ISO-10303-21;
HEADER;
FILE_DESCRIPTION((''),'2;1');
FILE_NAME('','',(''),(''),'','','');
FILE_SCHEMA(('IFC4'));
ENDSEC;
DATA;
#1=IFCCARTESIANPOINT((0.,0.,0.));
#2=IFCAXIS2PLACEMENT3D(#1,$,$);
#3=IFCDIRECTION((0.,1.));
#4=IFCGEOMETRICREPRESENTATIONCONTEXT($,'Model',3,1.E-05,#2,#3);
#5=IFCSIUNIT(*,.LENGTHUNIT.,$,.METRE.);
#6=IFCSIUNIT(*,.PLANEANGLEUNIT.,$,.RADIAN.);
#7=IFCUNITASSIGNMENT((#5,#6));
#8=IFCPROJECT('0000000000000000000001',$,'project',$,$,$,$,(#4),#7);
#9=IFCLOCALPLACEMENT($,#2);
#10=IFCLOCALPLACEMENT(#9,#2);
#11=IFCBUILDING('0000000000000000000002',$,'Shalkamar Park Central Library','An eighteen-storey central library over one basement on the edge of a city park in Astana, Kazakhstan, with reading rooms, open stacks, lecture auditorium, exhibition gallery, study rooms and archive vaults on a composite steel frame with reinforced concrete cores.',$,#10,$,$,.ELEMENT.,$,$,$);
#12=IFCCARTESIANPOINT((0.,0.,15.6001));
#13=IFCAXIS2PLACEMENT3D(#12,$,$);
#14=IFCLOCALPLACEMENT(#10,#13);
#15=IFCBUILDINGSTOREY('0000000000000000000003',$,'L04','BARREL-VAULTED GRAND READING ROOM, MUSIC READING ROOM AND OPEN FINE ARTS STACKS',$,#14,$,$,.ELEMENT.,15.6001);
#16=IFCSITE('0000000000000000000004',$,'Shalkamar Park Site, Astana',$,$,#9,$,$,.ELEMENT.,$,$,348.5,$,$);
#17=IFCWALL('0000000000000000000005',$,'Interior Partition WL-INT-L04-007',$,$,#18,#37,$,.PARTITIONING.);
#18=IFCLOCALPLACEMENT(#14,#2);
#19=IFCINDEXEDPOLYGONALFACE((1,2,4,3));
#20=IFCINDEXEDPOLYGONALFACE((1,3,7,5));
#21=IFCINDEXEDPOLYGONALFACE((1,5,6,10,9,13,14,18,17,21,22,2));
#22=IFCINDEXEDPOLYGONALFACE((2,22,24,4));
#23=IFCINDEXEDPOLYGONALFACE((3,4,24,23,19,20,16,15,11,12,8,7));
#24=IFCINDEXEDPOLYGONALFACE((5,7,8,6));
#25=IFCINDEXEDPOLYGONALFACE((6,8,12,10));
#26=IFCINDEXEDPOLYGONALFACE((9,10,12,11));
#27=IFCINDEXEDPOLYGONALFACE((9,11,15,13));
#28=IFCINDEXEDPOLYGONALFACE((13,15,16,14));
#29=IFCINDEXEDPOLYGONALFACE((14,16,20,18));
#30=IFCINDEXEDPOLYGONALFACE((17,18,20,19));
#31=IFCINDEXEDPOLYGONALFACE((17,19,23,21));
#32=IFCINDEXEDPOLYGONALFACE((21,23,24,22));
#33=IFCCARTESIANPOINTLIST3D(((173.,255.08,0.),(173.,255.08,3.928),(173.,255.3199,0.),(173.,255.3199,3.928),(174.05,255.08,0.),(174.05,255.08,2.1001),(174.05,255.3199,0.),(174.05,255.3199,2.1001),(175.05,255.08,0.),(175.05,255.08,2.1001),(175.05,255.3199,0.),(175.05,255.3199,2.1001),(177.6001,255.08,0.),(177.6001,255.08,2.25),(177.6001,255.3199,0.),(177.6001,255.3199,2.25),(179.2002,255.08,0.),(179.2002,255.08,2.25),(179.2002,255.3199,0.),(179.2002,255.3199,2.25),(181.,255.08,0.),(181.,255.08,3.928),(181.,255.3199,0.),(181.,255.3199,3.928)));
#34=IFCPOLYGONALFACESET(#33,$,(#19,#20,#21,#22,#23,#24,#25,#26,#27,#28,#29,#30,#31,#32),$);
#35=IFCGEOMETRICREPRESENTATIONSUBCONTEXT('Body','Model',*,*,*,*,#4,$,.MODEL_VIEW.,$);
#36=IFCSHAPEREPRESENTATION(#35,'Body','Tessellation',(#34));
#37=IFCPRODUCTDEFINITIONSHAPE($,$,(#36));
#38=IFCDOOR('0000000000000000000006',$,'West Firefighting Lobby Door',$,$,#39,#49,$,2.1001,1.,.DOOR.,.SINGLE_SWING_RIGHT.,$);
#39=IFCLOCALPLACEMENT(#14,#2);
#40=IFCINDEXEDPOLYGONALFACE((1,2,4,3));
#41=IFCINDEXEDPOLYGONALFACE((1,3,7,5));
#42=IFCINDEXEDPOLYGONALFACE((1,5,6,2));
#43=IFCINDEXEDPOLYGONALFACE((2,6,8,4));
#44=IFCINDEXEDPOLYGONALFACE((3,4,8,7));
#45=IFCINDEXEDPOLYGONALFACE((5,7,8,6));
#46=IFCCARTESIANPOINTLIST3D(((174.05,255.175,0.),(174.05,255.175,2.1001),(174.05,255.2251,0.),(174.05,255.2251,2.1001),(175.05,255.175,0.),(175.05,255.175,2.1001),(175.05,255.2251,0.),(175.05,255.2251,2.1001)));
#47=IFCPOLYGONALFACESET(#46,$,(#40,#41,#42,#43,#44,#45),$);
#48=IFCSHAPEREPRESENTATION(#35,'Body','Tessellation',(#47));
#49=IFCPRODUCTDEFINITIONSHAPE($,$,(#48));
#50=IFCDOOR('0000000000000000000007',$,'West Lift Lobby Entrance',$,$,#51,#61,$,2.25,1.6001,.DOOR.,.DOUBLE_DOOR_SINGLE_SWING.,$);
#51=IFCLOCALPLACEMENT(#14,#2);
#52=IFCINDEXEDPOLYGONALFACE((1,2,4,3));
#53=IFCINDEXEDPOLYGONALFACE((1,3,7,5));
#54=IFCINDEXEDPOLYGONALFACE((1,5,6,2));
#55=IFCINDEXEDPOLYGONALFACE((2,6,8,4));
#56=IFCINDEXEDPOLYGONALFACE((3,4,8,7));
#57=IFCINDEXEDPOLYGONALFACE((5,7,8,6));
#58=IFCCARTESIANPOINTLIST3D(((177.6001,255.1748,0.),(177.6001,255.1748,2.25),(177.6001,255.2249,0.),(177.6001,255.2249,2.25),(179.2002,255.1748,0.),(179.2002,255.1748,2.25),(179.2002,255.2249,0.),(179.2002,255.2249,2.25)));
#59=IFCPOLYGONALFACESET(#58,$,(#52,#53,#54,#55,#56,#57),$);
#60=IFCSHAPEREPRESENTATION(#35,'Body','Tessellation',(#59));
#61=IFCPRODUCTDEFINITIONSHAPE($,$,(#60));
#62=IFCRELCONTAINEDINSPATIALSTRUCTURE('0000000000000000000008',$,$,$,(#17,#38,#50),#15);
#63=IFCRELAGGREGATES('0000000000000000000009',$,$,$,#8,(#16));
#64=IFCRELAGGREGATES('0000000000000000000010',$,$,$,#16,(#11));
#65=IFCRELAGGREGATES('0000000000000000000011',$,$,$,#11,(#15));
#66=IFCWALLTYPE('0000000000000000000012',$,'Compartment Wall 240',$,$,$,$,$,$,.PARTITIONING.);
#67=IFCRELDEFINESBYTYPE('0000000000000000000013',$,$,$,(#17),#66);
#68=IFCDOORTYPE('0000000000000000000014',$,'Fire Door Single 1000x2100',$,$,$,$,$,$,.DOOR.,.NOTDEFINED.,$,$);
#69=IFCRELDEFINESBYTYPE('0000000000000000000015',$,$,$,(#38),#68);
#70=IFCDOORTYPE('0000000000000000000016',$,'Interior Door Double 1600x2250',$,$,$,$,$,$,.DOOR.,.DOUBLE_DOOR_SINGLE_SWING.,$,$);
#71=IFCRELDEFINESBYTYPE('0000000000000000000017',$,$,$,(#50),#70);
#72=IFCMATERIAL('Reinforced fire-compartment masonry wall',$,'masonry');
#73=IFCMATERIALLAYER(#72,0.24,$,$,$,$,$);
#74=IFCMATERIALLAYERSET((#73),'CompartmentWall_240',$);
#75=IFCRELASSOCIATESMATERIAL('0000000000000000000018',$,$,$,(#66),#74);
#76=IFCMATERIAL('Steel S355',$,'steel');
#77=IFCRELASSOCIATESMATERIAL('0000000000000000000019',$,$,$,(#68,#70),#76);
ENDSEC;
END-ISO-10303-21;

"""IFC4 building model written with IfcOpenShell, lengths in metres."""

from ifc_helpers import new_model, si_unit, direction, frame, frame_2d, origin, place, context, subcontext, project, spatial, rectangle, extrude, material, layer, layer_set, type_object, element, fill, save


model = new_model("IFC4")

# Units and contexts
model_context = context("Model", 3, precision=1e-05, world=origin(), true_north=direction((0.0, 1.0)))
body_context = subcontext(model_context, "Body", "Model", "MODEL_VIEW")
ifc_project = project(units=[si_unit("LENGTHUNIT", "METRE"), si_unit("PLANEANGLEUNIT", "RADIAN")], contexts=[model_context])

# Site, building, storey
site_placement = place(None, origin())
site = spatial("IfcSite", under=ifc_project, at=site_placement, Name="Shalkamar Park Site, Astana", CompositionType="ELEMENT", RefElevation=348.5)
building_placement = place(site_placement, origin())
building = spatial("IfcBuilding", under=site, at=building_placement, Name="Shalkamar Park Central Library", Description="An eighteen-storey central library over one basement on the edge of a city park in Astana, Kazakhstan, with reading rooms, open stacks, lecture auditorium, exhibition gallery, study rooms and archive vaults on a composite steel frame with reinforced concrete cores.", CompositionType="ELEMENT")
storey_placement = place(building_placement, frame((0.0, 0.0, 15.6001)))
storey = spatial("IfcBuildingStorey", under=building, at=storey_placement, Name="L04", Description="BARREL-VAULTED GRAND READING ROOM, MUSIC READING ROOM AND OPEN FINE ARTS STACKS", CompositionType="ELEMENT", Elevation=15.6001)

# Shared definitions
ifc_material_1 = material(Name="Steel S355", Category="steel")

# Wall, openings, doors
ifc_material_2 = material(Name="Reinforced fire-compartment masonry wall", Category="masonry")
ifc_layer = layer(ifc_material_2, 0.24)
ifc_layer_set = layer_set([ifc_layer], Name="CompartmentWall_240")
wall_type = type_object("IfcWallType", Name="Compartment Wall 240", PredefinedType="PARTITIONING", material=ifc_layer_set)
wall_placement = place(storey_placement, frame((173.0, 255.2, 0.0), z_axis=(0.0, 0.0, 1.0), x_axis=(1.0, 0.0, 0.0)))
wall = element("IfcWall", 1, at=wall_placement, inside=storey, type_object=wall_type, Name="Interior Partition WL-INT-L04-007", PredefinedType="PARTITIONING", context=body_context, shape_type="SweptSolid", body=[
    extrude(rectangle(XDim=8.0, YDim=0.24, at=frame_2d((4.0, 0.0))), origin(), (0.0, 0.0, 1.0), 3.928),
])
opening_1_placement = place(wall_placement, frame((1.05, 0.0, 0.0)))
opening_1 = element("IfcOpeningElement", 2, at=opening_1_placement, cuts=wall, PredefinedType="OPENING", context=body_context, shape_type="SweptSolid", body=[
    extrude(rectangle(XDim=1.0, YDim=2.1001, at=frame_2d((0.5, 1.05))), frame((0.0, 0.1348, 0.0), z_axis=(0.0, -1.0, 0.0), x_axis=(1.0, 0.0, 0.0)), (0.0, 0.0, 1.0), 0.2698),
])
opening_2_placement = place(wall_placement, frame((4.6001, 0.0, 0.0)))
opening_2 = element("IfcOpeningElement", 3, at=opening_2_placement, cuts=wall, PredefinedType="OPENING", context=body_context, shape_type="SweptSolid", body=[
    extrude(rectangle(XDim=1.6001, YDim=2.25, at=frame_2d((0.8, 1.125))), frame((0.0, 0.1348, 0.0), z_axis=(0.0, -1.0, 0.0), x_axis=(1.0, 0.0, 0.0)), (0.0, 0.0, 1.0), 0.2698),
])
door_type_1 = type_object("IfcDoorType", Name="Fire Door Single 1000x2100", OperationType="NOTDEFINED", PredefinedType="DOOR", material=ifc_material_1)
door_1_placement = place(opening_1_placement, frame((1.0, 0.0, 0.0), z_axis=(0.0, 0.0, 1.0), x_axis=(-1.0, 0.0, 0.0)))
door_1 = element("IfcDoor", 4, at=door_1_placement, inside=storey, type_object=door_type_1, Name="West Firefighting Lobby Door", OperationType="SINGLE_SWING_RIGHT", OverallHeight=2.1001, OverallWidth=1.0, PredefinedType="DOOR", context=body_context, shape_type="SweptSolid", body=[
    extrude(rectangle(XDim=1.0, YDim=2.1001, at=frame_2d((0.5, 1.05))), frame((0.0, 0.0249, 0.0), z_axis=(0.0, -1.0, 0.0), x_axis=(1.0, 0.0, 0.0)), (0.0, 0.0, 1.0), 0.05),
])
fill(opening_1, door_1)
door_type_2 = type_object("IfcDoorType", Name="Interior Door Double 1600x2250", OperationType="DOUBLE_DOOR_SINGLE_SWING", PredefinedType="DOOR", material=ifc_material_1)
door_2_placement = place(opening_2_placement, origin())
door_2 = element("IfcDoor", 5, at=door_2_placement, inside=storey, type_object=door_type_2, Name="West Lift Lobby Entrance", OperationType="DOUBLE_DOOR_SINGLE_SWING", OverallHeight=2.25, OverallWidth=1.6001, PredefinedType="DOOR", context=body_context, shape_type="SweptSolid", body=[
    extrude(rectangle(XDim=1.6001, YDim=2.25, at=frame_2d((0.8, 1.125))), frame((0.0, 0.0249, 0.0), z_axis=(0.0, -1.0, 0.0), x_axis=(1.0, 0.0, 0.0)), (0.0, 0.0, 1.0), 0.05),
])
fill(opening_2, door_2)

save(model, "model.ifc")
